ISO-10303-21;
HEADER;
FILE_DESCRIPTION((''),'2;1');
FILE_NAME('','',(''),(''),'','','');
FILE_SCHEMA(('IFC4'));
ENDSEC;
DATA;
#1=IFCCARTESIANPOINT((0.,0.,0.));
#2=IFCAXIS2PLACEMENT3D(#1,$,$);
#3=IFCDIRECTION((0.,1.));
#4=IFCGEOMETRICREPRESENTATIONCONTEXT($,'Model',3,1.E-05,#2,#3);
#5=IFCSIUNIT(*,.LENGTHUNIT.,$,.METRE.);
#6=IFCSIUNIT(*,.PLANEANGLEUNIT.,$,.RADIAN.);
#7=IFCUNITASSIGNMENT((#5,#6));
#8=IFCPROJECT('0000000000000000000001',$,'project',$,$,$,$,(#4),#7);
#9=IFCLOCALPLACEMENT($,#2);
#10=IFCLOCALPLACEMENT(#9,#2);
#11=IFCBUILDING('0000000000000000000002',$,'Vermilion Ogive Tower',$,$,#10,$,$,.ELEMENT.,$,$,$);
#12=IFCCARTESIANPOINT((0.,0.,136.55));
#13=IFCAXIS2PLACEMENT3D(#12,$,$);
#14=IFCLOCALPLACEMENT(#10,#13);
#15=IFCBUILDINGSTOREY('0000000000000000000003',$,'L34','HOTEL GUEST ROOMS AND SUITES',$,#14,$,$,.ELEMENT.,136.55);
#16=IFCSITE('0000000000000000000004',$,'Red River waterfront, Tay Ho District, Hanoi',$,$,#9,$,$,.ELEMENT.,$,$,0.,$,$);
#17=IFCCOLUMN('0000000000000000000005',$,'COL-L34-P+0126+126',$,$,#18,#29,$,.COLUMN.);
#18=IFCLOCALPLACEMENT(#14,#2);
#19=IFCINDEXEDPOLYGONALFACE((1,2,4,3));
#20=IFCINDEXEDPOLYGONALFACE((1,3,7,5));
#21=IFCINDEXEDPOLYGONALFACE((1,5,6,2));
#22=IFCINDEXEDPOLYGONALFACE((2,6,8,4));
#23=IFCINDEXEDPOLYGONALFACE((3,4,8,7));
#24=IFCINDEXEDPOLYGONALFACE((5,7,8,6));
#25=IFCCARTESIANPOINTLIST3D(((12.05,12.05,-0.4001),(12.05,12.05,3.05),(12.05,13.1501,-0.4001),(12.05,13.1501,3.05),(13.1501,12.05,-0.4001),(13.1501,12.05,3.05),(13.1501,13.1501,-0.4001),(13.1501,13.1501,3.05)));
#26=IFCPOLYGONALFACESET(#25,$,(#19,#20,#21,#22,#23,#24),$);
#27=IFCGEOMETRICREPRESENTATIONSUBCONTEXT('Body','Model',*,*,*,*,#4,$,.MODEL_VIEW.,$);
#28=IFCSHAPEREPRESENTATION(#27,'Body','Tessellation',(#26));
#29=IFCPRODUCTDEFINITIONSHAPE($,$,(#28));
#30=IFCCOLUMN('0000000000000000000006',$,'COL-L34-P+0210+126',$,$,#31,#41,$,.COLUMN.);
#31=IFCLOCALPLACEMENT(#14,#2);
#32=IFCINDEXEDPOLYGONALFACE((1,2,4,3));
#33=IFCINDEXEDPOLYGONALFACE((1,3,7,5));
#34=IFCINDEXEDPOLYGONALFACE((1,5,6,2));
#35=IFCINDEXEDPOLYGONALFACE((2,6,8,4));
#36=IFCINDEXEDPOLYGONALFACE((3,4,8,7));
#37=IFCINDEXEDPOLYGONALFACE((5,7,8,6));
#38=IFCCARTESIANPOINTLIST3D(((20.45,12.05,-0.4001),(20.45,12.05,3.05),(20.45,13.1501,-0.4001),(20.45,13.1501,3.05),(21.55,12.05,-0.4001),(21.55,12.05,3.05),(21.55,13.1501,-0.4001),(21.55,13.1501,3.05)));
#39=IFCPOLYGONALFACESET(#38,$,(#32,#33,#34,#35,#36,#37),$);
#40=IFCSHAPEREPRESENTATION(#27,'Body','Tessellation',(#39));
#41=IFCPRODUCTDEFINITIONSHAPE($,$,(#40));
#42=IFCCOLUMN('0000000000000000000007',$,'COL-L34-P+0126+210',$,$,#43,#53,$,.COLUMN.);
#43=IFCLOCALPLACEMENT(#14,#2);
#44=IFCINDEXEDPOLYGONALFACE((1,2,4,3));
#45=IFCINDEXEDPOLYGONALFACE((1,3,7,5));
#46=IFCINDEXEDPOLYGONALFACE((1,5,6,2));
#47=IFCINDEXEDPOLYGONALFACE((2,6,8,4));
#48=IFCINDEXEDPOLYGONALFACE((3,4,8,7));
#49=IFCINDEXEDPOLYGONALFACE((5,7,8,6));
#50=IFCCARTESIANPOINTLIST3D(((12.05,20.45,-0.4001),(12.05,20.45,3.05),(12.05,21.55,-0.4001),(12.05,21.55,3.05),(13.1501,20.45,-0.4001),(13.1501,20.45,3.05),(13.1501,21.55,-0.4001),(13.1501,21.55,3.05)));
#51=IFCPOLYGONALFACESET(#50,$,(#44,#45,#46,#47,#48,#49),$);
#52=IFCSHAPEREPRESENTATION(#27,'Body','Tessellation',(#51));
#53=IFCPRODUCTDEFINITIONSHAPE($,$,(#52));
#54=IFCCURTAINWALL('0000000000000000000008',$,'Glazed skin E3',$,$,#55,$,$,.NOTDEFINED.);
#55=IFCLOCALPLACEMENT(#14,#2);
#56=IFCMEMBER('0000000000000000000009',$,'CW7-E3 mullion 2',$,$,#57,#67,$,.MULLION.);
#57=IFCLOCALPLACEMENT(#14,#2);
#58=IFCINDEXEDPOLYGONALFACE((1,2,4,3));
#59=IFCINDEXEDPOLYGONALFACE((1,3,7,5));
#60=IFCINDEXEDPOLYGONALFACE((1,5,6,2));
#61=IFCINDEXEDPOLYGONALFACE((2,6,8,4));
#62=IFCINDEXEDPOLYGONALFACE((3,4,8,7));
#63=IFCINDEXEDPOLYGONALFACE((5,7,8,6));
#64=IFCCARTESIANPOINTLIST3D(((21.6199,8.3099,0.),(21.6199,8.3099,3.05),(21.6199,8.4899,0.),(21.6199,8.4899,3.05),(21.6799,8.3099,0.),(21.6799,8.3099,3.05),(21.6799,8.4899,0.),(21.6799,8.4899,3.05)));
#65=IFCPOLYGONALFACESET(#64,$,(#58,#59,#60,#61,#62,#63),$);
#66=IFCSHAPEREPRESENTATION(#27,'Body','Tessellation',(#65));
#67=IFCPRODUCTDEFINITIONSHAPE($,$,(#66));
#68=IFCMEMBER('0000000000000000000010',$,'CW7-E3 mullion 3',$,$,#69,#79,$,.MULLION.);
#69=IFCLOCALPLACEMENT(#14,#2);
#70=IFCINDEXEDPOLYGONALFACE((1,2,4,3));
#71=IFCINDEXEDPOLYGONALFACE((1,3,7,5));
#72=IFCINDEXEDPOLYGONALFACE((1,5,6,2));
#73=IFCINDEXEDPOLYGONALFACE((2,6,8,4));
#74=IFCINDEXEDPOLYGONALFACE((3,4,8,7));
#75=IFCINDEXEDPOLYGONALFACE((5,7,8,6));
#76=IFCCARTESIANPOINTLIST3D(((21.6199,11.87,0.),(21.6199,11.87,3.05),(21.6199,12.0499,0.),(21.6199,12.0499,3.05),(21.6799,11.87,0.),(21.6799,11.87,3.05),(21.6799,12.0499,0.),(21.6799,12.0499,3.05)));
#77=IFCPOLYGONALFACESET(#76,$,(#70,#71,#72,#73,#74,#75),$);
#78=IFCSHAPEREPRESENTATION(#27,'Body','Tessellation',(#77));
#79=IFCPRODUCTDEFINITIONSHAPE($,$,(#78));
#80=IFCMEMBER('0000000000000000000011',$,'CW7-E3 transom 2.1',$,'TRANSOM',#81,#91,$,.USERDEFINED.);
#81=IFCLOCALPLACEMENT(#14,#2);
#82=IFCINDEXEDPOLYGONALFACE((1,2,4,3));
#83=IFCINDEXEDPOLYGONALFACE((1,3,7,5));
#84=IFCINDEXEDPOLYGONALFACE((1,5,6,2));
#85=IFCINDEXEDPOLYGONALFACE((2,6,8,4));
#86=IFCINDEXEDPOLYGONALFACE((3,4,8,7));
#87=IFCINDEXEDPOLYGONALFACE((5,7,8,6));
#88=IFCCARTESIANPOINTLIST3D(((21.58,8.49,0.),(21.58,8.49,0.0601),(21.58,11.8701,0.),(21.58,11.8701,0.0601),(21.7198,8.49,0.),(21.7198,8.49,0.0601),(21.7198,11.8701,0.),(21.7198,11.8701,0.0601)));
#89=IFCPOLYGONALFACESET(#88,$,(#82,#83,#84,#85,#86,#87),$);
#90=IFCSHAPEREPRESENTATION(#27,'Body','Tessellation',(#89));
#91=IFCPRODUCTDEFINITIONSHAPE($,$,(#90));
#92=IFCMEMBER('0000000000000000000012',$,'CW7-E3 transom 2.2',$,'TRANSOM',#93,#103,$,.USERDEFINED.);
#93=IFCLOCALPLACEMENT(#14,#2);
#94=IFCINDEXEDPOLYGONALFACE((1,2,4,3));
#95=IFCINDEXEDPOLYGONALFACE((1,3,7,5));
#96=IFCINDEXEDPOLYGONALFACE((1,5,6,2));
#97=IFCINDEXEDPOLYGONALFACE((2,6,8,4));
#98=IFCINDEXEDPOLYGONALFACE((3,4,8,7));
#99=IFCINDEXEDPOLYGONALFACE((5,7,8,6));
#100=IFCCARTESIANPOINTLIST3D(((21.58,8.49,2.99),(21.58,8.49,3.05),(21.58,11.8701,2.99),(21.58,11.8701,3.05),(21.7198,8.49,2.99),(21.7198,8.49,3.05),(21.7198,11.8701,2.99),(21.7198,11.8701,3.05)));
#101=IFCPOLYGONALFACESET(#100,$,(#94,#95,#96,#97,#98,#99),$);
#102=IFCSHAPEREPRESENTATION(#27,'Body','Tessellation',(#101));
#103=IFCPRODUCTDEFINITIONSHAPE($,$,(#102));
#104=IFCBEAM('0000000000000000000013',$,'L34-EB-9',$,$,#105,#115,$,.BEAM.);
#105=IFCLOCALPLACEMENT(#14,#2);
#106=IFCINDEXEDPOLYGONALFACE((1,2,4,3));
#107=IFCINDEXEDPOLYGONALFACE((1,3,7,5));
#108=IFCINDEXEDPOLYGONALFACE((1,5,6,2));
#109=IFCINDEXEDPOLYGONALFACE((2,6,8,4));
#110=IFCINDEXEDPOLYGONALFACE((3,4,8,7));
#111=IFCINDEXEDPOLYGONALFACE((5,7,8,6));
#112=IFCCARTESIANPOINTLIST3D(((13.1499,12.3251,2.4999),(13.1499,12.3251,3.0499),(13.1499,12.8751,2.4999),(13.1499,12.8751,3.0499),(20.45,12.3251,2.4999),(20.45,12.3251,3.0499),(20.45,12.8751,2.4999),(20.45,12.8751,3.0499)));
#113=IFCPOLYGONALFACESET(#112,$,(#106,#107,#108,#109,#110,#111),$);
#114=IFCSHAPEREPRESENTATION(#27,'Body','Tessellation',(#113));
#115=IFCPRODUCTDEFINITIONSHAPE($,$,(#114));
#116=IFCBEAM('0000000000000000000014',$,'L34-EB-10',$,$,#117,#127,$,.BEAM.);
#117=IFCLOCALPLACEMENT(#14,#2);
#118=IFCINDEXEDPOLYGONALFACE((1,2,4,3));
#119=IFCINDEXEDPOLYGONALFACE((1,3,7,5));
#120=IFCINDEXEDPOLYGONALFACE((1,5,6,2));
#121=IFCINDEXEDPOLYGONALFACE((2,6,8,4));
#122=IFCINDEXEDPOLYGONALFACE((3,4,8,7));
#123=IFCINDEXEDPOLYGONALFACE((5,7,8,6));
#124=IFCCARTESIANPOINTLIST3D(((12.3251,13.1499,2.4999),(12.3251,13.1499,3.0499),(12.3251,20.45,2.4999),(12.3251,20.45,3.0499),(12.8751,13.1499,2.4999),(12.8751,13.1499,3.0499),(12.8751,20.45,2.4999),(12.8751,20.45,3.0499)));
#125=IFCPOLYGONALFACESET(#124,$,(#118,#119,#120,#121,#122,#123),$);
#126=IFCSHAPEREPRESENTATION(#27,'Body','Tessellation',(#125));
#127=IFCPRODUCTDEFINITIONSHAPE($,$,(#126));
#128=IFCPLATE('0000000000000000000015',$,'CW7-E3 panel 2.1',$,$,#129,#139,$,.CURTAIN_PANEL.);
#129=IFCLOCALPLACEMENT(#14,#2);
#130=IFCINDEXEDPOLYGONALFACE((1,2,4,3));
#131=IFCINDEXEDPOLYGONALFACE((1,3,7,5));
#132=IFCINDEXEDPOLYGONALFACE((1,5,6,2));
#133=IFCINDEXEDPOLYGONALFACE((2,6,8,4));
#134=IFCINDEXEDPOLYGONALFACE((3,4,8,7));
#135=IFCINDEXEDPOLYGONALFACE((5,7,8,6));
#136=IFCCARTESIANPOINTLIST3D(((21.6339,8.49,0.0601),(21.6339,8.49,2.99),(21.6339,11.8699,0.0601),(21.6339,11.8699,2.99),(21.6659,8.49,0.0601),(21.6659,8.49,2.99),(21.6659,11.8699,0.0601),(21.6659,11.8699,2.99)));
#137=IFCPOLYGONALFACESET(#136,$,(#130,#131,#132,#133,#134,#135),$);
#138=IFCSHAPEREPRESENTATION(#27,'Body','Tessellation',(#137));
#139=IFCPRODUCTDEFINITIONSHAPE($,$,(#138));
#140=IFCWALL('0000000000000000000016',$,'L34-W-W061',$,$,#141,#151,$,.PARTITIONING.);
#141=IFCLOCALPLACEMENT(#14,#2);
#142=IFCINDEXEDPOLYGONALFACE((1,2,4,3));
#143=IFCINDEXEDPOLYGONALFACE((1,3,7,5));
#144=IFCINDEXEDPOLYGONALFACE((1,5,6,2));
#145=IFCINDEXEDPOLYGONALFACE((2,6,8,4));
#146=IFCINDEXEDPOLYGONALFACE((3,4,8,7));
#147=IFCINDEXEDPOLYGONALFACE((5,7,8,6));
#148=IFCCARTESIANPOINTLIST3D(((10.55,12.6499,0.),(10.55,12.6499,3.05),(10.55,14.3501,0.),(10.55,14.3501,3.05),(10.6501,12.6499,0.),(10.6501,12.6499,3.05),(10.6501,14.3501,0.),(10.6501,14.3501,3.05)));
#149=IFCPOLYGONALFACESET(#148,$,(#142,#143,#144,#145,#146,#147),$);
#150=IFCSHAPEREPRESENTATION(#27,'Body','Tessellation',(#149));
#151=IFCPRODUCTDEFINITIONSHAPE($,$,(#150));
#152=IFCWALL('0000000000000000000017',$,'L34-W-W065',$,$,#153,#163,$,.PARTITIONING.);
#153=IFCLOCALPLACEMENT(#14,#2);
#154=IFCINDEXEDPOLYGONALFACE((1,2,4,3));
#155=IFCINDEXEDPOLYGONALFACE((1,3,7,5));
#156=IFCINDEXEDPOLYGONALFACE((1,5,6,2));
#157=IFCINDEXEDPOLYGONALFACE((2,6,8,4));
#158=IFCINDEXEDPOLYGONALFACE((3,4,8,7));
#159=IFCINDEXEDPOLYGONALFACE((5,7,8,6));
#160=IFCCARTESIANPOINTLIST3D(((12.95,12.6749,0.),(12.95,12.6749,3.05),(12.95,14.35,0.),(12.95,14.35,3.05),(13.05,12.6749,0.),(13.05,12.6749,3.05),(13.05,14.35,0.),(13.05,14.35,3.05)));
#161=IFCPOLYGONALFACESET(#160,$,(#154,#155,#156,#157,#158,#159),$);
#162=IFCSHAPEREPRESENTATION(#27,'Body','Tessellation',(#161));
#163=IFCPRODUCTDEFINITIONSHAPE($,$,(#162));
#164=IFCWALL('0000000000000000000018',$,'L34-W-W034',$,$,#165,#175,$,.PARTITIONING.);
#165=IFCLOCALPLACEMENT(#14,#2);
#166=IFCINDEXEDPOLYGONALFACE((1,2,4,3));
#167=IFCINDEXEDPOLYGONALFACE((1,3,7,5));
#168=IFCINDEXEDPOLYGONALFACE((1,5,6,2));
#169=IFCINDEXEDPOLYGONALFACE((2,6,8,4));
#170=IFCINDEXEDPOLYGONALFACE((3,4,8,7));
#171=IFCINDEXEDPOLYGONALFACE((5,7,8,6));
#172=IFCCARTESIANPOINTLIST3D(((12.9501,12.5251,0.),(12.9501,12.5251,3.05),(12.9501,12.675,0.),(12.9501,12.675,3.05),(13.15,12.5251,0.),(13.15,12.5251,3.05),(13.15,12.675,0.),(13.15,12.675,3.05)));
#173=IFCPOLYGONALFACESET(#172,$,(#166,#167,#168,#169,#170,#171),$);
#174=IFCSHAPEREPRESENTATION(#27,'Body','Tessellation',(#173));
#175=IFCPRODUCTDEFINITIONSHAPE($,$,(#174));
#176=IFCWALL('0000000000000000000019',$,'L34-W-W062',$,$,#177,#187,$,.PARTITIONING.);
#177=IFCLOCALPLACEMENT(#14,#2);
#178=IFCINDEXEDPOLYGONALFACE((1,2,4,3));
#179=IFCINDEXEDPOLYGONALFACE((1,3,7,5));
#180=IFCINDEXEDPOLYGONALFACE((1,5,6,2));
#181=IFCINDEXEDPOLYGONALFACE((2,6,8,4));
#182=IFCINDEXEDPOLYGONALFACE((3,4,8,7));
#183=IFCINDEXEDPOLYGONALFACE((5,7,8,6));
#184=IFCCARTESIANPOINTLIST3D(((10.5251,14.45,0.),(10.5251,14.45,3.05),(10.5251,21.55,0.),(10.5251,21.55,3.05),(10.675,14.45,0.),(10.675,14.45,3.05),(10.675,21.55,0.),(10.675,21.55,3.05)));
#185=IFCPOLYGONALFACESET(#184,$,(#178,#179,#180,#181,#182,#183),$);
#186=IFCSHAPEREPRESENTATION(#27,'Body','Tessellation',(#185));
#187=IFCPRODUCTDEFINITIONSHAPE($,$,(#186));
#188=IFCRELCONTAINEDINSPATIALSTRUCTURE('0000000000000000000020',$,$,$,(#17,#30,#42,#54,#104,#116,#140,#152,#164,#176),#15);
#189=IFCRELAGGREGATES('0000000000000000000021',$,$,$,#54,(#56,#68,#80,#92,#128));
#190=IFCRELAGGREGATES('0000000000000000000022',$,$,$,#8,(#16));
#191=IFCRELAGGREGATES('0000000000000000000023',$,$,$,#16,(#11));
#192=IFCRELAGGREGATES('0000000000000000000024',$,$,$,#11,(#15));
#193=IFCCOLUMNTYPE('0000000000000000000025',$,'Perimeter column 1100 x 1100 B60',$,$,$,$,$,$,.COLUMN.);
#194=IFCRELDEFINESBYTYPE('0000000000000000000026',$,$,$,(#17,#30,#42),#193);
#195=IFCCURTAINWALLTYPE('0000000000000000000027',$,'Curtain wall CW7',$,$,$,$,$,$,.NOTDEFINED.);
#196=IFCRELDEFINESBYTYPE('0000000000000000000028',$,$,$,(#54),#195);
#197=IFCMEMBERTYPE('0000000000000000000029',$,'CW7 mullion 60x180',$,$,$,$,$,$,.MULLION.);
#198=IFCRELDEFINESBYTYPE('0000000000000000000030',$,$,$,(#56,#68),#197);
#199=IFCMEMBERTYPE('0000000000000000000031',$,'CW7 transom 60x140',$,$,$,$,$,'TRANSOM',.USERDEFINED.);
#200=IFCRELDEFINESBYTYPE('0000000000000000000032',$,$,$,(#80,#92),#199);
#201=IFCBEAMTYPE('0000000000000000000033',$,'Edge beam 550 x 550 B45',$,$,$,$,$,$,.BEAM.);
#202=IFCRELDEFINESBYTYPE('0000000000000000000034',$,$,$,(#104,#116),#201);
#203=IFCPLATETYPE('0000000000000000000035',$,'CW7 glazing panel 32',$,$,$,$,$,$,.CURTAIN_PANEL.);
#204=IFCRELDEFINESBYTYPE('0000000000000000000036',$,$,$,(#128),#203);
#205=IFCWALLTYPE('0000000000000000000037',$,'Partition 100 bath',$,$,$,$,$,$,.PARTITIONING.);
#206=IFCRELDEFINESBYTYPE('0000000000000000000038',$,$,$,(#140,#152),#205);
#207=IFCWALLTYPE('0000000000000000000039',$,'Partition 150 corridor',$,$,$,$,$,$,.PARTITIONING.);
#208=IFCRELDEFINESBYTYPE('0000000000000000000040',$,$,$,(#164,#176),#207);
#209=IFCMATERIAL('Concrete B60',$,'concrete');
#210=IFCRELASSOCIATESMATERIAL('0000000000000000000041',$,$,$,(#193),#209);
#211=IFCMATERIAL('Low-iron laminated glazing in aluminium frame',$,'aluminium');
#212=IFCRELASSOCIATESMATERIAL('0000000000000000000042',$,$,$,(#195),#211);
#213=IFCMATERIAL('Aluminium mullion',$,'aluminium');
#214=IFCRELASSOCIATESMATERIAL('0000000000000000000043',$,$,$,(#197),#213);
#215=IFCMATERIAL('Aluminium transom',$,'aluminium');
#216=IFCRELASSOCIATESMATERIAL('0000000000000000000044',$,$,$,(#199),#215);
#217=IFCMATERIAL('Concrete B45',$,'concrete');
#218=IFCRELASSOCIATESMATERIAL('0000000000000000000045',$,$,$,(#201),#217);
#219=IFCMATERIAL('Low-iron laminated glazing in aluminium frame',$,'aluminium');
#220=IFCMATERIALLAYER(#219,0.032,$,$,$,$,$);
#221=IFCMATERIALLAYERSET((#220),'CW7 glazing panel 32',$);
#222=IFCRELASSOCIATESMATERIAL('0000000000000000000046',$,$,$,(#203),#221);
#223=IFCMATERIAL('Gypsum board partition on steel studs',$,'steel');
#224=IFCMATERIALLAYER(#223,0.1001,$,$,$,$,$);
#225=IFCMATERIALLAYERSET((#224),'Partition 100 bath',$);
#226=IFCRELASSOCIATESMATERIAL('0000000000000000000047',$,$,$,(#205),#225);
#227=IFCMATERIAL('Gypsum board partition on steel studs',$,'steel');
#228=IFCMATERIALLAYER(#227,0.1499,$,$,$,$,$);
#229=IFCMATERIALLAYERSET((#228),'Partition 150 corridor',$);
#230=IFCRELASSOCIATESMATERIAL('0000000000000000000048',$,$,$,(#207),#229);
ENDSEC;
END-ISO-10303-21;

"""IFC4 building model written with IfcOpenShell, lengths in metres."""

from ifc_helpers import new_model, si_unit, direction, frame, frame_2d, origin, origin_2d, place, context, subcontext, project, spatial, rectangle, extrude, material, layer, layer_set, material_profile, profile_set, type_object, element, aggregate, save


model = new_model("IFC4")

# Units and contexts
model_context = context("Model", 3, precision=1e-05, world=origin(), true_north=direction((0.0, 1.0)))
body_context = subcontext(model_context, "Body", "Model", "MODEL_VIEW")
ifc_project = project(units=[si_unit("LENGTHUNIT", "METRE"), si_unit("PLANEANGLEUNIT", "RADIAN")], contexts=[model_context])

# Site, building, storey
site_placement = place(None, origin())
site = spatial("IfcSite", under=ifc_project, at=site_placement, Name="Red River waterfront, Tay Ho District, Hanoi", CompositionType="ELEMENT", RefElevation=0.0)
building_placement = place(site_placement, origin())
building = spatial("IfcBuilding", under=site, at=building_placement, Name="Vermilion Ogive Tower", CompositionType="ELEMENT")
storey_placement = place(building_placement, frame((0.0, 0.0, 136.55)))
storey = spatial("IfcBuildingStorey", under=building, at=storey_placement, Name="L34", Description="HOTEL GUEST ROOMS AND SUITES", CompositionType="ELEMENT", Elevation=136.55)

# Columns
ifc_material_1 = material(Name="Concrete B60", Category="concrete")
ifc_material_profile_1 = material_profile(ifc_material_1, rectangle(XDim=1.1001, YDim=1.1001, at=origin_2d()), Name="1100 x 1100")
ifc_profile_set_1 = profile_set([ifc_material_profile_1], Name="Concrete B60")
column_type = type_object("IfcColumnType", Name="Perimeter column 1100 x 1100 B60", PredefinedType="COLUMN", material=ifc_profile_set_1)
for number, where, z_axis, x_axis, name in (
    (1, (12.6001, 12.6001, -0.4001), (0.0, 0.0, 1.0), (1.0, 0.0, 0.0), "COL-L34-P+0126+126"),
    (2, (21.0, 12.6001, -0.4001), (0.0, 0.0, 1.0), (1.0, 0.0, 0.0), "COL-L34-P+0210+126"),
    (3, (12.6001, 21.0, -0.4001), (0.0, 0.0, 1.0), (1.0, 0.0, 0.0), "COL-L34-P+0126+210"),
):
    element("IfcColumn", number, at=place(storey_placement, frame(where, z_axis=z_axis, x_axis=x_axis)), inside=storey, type_object=column_type, Name=name, PredefinedType="COLUMN", context=body_context, shape_type="SweptSolid", body=[
        extrude(rectangle(XDim=1.1001, YDim=1.1001, at=origin_2d()), origin(), (0.0, 0.0, 1.0), 3.4502),
    ])

# Curtain wall, members
ifc_material_2 = material(Name="Low-iron laminated glazing in aluminium frame", Category="aluminium")
curtain_wall_type = type_object("IfcCurtainWallType", Name="Curtain wall CW7", PredefinedType="NOTDEFINED", material=ifc_material_2)
curtain_wall_placement = place(storey_placement, origin())
curtain_wall = element("IfcCurtainWall", 4, at=curtain_wall_placement, inside=storey, type_object=curtain_wall_type, Name="Glazed skin E3", PredefinedType="NOTDEFINED")
ifc_material_3 = material(Name="Aluminium mullion", Category="aluminium")
ifc_material_profile_2 = material_profile(ifc_material_3, rectangle(XDim=0.0601, YDim=0.1799, at=origin_2d()), Name="AL 60x180")
ifc_profile_set_2 = profile_set([ifc_material_profile_2], Name="Aluminium mullion")
member_type_1 = type_object("IfcMemberType", Name="CW7 mullion 60x180", PredefinedType="MULLION", material=ifc_profile_set_2)
member_1_placement = place(storey_placement, frame((21.6499, 8.3999, 0.0), z_axis=(0.0, 0.0, 1.0), x_axis=(-1.0, 0.0, 0.0)))
member_1 = element("IfcMember", 5, at=member_1_placement, type_object=member_type_1, Name="CW7-E3 mullion 2", PredefinedType="MULLION", context=body_context, shape_type="SweptSolid", body=[
    extrude(rectangle(XDim=0.0601, YDim=0.1799, at=origin_2d()), origin(), (0.0, 0.0, 1.0), 3.05),
])
member_2_placement = place(storey_placement, frame((21.6499, 11.96, 0.0), z_axis=(0.0, 0.0, 1.0), x_axis=(-1.0, 0.0, 0.0)))
member_2 = element("IfcMember", 6, at=member_2_placement, type_object=member_type_1, Name="CW7-E3 mullion 3", PredefinedType="MULLION", context=body_context, shape_type="SweptSolid", body=[
    extrude(rectangle(XDim=0.0601, YDim=0.1799, at=origin_2d()), origin(), (0.0, 0.0, 1.0), 3.05),
])
ifc_material_4 = material(Name="Aluminium transom", Category="aluminium")
ifc_material_profile_3 = material_profile(ifc_material_4, rectangle(XDim=0.1399, YDim=0.0601, at=origin_2d()), Name="AL 60x140")
ifc_profile_set_3 = profile_set([ifc_material_profile_3], Name="Aluminium transom")
member_type_2 = type_object("IfcMemberType", Name="CW7 transom 60x140", ElementType="TRANSOM", PredefinedType="USERDEFINED", material=ifc_profile_set_3)
member_3_placement = place(storey_placement, frame((21.6499, 8.49, 0.03), z_axis=(0.0, 1.0, 0.0), x_axis=(-1.0, 0.0, 0.0)))
member_3 = element("IfcMember", 7, at=member_3_placement, type_object=member_type_2, Name="CW7-E3 transom 2.1", ObjectType="TRANSOM", PredefinedType="USERDEFINED", context=body_context, shape_type="SweptSolid", body=[
    extrude(rectangle(XDim=0.1399, YDim=0.0601, at=origin_2d()), origin(), (0.0, 0.0, 1.0), 3.3801),
])
member_4_placement = place(storey_placement, frame((21.6499, 8.49, 3.02), z_axis=(0.0, 1.0, 0.0), x_axis=(-1.0, 0.0, 0.0)))
member_4 = element("IfcMember", 8, at=member_4_placement, type_object=member_type_2, Name="CW7-E3 transom 2.2", ObjectType="TRANSOM", PredefinedType="USERDEFINED", context=body_context, shape_type="SweptSolid", body=[
    extrude(rectangle(XDim=0.1399, YDim=0.0601, at=origin_2d()), origin(), (0.0, 0.0, 1.0), 3.3801),
])

# Beams
ifc_material_5 = material(Name="Concrete B45", Category="concrete")
ifc_material_profile_4 = material_profile(ifc_material_5, rectangle(XDim=0.55, YDim=0.55, at=origin_2d()), Name="550 x 550")
ifc_profile_set_4 = profile_set([ifc_material_profile_4], Name="Concrete B45")
beam_type = type_object("IfcBeamType", Name="Edge beam 550 x 550 B45", PredefinedType="BEAM", material=ifc_profile_set_4)
for number, where, z_axis, x_axis, name in (
    (9, (20.45, 12.6001, 2.7749), (-1.0, 0.0, 0.0), (0.0, -1.0, 0.0), "L34-EB-9"),
    (10, (12.6001, 13.1499, 2.7749), (0.0, 1.0, 0.0), (-1.0, 0.0, 0.0), "L34-EB-10"),
):
    element("IfcBeam", number, at=place(storey_placement, frame(where, z_axis=z_axis, x_axis=x_axis)), inside=storey, type_object=beam_type, Name=name, PredefinedType="BEAM", context=body_context, shape_type="SweptSolid", body=[
        extrude(rectangle(XDim=0.55, YDim=0.55, at=origin_2d()), origin(), (0.0, 0.0, 1.0), 7.3),
    ])

# Plate
ifc_material_6 = material(Name="Low-iron laminated glazing in aluminium frame", Category="aluminium")
ifc_layer_1 = layer(ifc_material_6, 0.032)
ifc_layer_set_1 = layer_set([ifc_layer_1], Name="CW7 glazing panel 32")
plate_type = type_object("IfcPlateType", Name="CW7 glazing panel 32", PredefinedType="CURTAIN_PANEL", material=ifc_layer_set_1)
plate_placement = place(storey_placement, frame((21.6499, 10.1799, 0.0601), z_axis=(0.0, 0.0, 1.0), x_axis=(0.0, 1.0, 0.0)))
plate = element("IfcPlate", 11, at=plate_placement, type_object=plate_type, Name="CW7-E3 panel 2.1", PredefinedType="CURTAIN_PANEL", context=body_context, shape_type="SweptSolid", body=[
    extrude(rectangle(XDim=3.3799, YDim=0.032, at=origin_2d()), origin(), (0.0, 0.0, 1.0), 2.9299),
])
aggregate(curtain_wall, [member_1, member_2, member_3, member_4, plate])

# Walls
ifc_material_7 = material(Name="Gypsum board partition on steel studs", Category="steel")
ifc_layer_2 = layer(ifc_material_7, 0.1001)
ifc_layer_set_2 = layer_set([ifc_layer_2], Name="Partition 100 bath")
wall_type_1 = type_object("IfcWallType", Name="Partition 100 bath", PredefinedType="PARTITIONING", material=ifc_layer_set_2)
wall_1_placement = place(storey_placement, frame((10.6001, 12.6499, 0.0), z_axis=(0.0, 0.0, 1.0), x_axis=(0.0, 1.0, 0.0)))
element("IfcWall", 12, at=wall_1_placement, inside=storey, type_object=wall_type_1, Name="L34-W-W061", PredefinedType="PARTITIONING", context=body_context, shape_type="SweptSolid", body=[
    extrude(rectangle(XDim=1.7002, YDim=0.1001, at=frame_2d((0.8501, 0.0))), origin(), (0.0, 0.0, 1.0), 3.05),
])
wall_2_placement = place(storey_placement, frame((13.0, 12.675, 0.0), z_axis=(0.0, 0.0, 1.0), x_axis=(0.0, 1.0, 0.0)))
element("IfcWall", 13, at=wall_2_placement, inside=storey, type_object=wall_type_1, Name="L34-W-W065", PredefinedType="PARTITIONING", context=body_context, shape_type="SweptSolid", body=[
    extrude(rectangle(XDim=1.675, YDim=0.1001, at=frame_2d((0.8374, 0.0))), origin(), (0.0, 0.0, 1.0), 3.05),
])
ifc_material_8 = material(Name="Gypsum board partition on steel studs", Category="steel")
ifc_layer_3 = layer(ifc_material_8, 0.1499)
ifc_layer_set_3 = layer_set([ifc_layer_3], Name="Partition 150 corridor")
wall_type_2 = type_object("IfcWallType", Name="Partition 150 corridor", PredefinedType="PARTITIONING", material=ifc_layer_set_3)
wall_3_placement = place(storey_placement, frame((12.95, 12.6001, 0.0), z_axis=(0.0, 0.0, 1.0), x_axis=(1.0, 0.0, 0.0)))
element("IfcWall", 14, at=wall_3_placement, inside=storey, type_object=wall_type_2, Name="L34-W-W034", PredefinedType="PARTITIONING", context=body_context, shape_type="SweptSolid", body=[
    extrude(rectangle(XDim=0.2, YDim=0.1499, at=frame_2d((0.1001, 0.0))), origin(), (0.0, 0.0, 1.0), 3.05),
])
wall_4_placement = place(storey_placement, frame((10.6001, 14.45, 0.0), z_axis=(0.0, 0.0, 1.0), x_axis=(0.0, 1.0, 0.0)))
element("IfcWall", 15, at=wall_4_placement, inside=storey, type_object=wall_type_2, Name="L34-W-W062", PredefinedType="PARTITIONING", context=body_context, shape_type="SweptSolid", body=[
    extrude(rectangle(XDim=7.1001, YDim=0.1499, at=frame_2d((3.55, 0.0))), origin(), (0.0, 0.0, 1.0), 3.05),
])

save(model, "model.ifc")
